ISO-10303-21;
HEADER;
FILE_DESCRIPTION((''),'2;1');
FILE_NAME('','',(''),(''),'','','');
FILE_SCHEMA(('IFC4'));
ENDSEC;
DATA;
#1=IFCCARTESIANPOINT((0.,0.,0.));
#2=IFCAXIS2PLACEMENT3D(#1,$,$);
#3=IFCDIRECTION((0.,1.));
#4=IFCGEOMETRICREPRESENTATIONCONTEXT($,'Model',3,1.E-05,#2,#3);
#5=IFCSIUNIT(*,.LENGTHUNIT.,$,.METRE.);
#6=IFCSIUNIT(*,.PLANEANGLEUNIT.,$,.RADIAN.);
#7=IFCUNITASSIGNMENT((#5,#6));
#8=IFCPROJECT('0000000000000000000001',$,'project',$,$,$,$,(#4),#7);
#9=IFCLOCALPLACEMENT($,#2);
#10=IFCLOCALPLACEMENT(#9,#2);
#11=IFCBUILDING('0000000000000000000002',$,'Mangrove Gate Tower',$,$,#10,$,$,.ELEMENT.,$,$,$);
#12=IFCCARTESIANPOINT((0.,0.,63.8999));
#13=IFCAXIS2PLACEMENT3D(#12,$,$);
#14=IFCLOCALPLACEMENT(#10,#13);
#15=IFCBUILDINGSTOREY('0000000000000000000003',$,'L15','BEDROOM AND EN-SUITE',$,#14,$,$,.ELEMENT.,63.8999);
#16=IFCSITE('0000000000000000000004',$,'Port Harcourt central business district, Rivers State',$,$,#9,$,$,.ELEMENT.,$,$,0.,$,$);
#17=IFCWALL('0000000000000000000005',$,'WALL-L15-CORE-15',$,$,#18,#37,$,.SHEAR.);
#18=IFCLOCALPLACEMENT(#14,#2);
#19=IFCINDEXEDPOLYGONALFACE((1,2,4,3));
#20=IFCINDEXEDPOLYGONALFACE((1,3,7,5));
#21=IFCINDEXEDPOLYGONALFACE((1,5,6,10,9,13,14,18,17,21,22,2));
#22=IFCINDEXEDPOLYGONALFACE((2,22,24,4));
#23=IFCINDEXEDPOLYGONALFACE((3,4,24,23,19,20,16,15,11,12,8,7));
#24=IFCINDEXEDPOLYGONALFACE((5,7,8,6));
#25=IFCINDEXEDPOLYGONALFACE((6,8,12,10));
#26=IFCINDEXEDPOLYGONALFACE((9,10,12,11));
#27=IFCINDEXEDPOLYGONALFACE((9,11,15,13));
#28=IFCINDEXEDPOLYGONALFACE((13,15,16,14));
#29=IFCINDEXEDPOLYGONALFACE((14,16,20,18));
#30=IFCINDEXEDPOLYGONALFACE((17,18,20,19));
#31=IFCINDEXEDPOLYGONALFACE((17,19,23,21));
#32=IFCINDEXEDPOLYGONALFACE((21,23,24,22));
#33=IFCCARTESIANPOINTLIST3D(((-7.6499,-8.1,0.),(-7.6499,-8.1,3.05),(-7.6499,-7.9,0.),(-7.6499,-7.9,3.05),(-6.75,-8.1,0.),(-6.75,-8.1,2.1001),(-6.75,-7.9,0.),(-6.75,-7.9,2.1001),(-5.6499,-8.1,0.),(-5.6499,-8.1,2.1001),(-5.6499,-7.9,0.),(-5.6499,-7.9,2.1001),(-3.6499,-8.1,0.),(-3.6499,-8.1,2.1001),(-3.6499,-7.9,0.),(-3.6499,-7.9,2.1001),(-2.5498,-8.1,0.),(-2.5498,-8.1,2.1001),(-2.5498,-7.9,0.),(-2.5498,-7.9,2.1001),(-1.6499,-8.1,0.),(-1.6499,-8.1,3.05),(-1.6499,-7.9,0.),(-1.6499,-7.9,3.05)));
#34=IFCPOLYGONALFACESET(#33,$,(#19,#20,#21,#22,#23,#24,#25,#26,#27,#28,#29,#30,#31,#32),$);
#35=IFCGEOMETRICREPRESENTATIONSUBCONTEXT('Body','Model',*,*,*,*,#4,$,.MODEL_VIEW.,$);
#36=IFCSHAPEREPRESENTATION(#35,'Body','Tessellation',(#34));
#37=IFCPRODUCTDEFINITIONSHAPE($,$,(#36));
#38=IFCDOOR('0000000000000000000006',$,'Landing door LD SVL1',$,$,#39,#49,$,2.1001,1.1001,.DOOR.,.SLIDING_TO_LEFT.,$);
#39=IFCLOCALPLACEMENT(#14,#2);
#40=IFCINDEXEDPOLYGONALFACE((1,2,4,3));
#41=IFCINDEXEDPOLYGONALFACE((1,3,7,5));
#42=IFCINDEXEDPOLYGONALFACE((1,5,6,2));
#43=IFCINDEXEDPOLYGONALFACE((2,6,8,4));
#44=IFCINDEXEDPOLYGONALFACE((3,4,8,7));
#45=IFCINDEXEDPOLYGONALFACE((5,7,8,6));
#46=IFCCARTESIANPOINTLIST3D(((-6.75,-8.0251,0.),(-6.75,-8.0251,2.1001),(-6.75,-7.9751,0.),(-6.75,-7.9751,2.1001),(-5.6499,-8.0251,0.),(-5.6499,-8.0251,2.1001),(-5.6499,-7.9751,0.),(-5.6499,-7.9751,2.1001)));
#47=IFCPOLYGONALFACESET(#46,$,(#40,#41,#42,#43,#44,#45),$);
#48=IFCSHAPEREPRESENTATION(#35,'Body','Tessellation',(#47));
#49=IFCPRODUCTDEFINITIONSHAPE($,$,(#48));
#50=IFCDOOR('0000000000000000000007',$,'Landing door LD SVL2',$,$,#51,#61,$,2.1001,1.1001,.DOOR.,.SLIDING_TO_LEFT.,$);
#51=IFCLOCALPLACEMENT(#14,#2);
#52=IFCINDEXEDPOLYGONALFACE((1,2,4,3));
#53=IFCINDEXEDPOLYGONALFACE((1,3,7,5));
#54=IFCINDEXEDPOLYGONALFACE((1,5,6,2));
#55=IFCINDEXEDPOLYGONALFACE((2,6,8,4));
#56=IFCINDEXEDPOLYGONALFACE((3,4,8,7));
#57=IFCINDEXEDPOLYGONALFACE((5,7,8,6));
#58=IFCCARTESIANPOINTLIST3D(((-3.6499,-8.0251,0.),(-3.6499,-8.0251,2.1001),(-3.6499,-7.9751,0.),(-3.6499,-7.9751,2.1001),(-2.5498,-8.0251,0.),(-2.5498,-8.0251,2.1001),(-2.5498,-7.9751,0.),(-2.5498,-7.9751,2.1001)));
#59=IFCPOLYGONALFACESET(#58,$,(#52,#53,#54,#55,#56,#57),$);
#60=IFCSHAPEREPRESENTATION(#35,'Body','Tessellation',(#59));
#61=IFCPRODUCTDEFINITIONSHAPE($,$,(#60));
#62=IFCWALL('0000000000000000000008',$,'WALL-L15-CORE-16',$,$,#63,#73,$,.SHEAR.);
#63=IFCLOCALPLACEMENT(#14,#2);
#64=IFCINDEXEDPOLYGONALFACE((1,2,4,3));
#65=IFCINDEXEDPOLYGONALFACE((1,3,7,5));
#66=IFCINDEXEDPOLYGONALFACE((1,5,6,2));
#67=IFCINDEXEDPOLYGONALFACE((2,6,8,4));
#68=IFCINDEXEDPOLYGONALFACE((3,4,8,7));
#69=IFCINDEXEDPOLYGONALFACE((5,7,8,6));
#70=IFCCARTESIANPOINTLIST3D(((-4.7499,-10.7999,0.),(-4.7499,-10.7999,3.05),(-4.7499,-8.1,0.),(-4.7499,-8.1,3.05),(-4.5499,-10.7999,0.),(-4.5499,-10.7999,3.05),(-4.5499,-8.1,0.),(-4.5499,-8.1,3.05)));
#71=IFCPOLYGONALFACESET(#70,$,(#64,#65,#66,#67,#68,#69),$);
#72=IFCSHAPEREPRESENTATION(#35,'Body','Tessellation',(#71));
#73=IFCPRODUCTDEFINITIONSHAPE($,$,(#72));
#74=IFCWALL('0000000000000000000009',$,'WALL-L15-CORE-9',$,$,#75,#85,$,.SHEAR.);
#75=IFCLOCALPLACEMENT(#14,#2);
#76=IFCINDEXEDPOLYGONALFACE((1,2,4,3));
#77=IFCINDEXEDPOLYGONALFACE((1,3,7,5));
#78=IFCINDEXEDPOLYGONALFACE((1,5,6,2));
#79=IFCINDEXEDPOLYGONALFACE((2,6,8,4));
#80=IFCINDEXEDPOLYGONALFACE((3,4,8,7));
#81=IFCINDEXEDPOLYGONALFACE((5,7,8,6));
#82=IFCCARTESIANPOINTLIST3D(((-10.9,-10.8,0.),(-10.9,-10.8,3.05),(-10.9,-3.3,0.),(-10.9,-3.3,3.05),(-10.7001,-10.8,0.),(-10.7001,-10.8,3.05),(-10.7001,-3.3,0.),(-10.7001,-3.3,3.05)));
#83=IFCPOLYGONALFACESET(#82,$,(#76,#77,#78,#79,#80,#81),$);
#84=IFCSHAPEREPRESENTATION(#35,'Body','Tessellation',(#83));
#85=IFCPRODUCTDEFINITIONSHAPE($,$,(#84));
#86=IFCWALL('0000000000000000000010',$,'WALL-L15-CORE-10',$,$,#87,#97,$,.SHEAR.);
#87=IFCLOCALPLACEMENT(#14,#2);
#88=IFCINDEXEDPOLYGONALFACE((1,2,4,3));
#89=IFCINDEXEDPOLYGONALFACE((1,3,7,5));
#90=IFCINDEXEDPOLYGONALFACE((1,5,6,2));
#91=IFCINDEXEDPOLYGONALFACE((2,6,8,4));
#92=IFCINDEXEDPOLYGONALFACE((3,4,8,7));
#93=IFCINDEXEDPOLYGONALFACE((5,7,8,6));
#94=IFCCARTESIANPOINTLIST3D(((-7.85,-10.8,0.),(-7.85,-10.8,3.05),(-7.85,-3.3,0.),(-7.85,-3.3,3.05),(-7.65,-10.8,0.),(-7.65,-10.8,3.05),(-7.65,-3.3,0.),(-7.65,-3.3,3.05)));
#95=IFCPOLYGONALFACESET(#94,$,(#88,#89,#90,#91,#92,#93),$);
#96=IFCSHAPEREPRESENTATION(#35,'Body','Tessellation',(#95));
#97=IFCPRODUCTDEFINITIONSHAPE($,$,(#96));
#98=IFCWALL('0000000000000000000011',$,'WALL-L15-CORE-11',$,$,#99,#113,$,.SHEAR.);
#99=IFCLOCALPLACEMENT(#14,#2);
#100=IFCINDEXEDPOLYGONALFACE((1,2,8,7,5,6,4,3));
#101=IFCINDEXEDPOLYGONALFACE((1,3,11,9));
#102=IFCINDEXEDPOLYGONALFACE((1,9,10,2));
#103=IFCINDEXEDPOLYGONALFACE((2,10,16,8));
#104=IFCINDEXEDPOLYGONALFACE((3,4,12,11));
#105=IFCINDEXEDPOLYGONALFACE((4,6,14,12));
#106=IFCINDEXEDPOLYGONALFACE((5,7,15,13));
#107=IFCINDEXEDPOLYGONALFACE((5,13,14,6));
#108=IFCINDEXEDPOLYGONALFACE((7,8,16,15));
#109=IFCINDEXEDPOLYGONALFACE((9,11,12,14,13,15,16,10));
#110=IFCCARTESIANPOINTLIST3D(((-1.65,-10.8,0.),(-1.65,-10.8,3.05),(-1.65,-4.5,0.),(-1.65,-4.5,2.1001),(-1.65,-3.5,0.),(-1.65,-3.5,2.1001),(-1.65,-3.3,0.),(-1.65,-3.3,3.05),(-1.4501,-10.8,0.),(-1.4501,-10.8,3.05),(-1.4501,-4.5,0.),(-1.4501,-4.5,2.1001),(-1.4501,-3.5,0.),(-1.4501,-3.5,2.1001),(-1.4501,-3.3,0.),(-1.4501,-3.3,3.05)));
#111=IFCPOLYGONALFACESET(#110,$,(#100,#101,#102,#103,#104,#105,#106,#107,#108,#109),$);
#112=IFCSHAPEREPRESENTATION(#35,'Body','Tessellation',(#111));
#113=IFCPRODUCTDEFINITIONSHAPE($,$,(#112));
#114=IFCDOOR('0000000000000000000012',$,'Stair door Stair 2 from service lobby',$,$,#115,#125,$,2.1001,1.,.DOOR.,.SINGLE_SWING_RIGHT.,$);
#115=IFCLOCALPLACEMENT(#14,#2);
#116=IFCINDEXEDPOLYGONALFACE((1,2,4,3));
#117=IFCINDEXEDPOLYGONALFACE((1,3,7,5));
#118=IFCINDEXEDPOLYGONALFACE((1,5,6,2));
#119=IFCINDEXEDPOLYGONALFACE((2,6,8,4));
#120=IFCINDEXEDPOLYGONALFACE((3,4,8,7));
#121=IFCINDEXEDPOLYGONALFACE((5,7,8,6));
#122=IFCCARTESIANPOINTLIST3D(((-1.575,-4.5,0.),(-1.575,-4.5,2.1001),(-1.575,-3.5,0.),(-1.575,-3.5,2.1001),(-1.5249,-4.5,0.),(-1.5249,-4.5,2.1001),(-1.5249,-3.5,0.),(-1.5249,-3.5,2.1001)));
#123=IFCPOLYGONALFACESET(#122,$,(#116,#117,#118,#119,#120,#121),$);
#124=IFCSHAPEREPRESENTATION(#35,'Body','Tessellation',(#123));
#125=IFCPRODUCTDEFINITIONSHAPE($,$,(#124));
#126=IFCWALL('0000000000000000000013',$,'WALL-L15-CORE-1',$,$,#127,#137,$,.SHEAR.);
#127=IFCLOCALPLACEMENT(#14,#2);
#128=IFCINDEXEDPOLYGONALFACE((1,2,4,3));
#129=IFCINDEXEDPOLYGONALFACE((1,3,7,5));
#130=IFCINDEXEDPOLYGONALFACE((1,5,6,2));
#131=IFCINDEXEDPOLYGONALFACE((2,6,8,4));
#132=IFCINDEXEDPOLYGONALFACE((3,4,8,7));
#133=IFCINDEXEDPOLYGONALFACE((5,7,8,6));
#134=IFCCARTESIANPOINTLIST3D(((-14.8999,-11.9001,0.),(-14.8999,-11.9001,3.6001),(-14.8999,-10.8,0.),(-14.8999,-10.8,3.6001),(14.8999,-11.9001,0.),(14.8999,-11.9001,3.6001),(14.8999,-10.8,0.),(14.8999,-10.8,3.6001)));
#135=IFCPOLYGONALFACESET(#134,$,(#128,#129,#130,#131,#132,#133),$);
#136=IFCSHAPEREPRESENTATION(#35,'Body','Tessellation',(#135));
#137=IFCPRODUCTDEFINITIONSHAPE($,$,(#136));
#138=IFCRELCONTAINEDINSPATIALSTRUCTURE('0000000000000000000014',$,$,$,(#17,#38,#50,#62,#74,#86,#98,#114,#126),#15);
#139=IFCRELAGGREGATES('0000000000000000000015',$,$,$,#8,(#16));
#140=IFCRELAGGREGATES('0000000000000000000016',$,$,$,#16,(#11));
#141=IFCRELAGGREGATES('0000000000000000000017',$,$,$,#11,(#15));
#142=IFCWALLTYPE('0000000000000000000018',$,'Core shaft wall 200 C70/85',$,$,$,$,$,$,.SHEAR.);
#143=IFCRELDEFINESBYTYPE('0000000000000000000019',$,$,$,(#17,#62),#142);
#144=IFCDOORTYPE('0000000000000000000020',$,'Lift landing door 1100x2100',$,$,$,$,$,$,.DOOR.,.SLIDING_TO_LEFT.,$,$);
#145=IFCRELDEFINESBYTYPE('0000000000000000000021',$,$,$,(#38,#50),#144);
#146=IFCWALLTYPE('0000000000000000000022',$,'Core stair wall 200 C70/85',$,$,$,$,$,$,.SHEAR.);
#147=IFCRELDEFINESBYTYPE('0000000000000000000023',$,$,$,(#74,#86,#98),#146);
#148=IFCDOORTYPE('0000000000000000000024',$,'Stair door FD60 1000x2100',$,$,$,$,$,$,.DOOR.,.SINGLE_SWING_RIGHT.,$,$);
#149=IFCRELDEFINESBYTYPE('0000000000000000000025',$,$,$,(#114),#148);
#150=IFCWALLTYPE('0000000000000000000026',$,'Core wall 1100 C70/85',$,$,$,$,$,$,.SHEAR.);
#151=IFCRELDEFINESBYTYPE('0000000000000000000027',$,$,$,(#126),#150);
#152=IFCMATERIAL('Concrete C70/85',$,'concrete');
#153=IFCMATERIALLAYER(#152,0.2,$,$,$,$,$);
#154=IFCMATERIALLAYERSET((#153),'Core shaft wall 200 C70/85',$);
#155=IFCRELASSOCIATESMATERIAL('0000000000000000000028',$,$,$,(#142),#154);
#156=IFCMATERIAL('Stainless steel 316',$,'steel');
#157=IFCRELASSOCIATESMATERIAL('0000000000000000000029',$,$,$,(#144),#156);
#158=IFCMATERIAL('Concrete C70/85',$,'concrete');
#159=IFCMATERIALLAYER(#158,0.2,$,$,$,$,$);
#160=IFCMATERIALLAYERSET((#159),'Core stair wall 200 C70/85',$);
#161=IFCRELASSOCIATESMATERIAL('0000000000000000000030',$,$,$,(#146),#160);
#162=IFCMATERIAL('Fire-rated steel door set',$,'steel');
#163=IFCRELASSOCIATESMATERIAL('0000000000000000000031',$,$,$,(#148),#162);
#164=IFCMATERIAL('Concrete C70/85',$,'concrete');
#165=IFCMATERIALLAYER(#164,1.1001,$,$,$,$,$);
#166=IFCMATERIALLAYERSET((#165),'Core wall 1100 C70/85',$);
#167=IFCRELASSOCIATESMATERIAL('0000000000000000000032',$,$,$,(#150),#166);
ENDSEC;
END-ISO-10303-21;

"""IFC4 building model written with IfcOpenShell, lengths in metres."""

from ifc_helpers import new_model, si_unit, direction, frame, frame_2d, origin, place, context, subcontext, project, spatial, rectangle, extrude, material, layer, layer_set, type_object, element, fill, save


model = new_model("IFC4")

# Units and contexts
model_context = context("Model", 3, precision=1e-05, world=origin(), true_north=direction((0.0, 1.0)))
body_context = subcontext(model_context, "Body", "Model", "MODEL_VIEW")
ifc_project = project(units=[si_unit("LENGTHUNIT", "METRE"), si_unit("PLANEANGLEUNIT", "RADIAN")], contexts=[model_context])

# Site, building, storey
site_placement = place(None, origin())
site = spatial("IfcSite", under=ifc_project, at=site_placement, Name="Port Harcourt central business district, Rivers State", CompositionType="ELEMENT", RefElevation=0.0)
building_placement = place(site_placement, origin())
building = spatial("IfcBuilding", under=site, at=building_placement, Name="Mangrove Gate Tower", CompositionType="ELEMENT")
storey_placement = place(building_placement, frame((0.0, 0.0, 63.8999)))
storey = spatial("IfcBuildingStorey", under=building, at=storey_placement, Name="L15", Description="BEDROOM AND EN-SUITE", CompositionType="ELEMENT", Elevation=63.8999)

# Wall, openings, doors
ifc_material_1 = material(Name="Concrete C70/85", Category="concrete")
ifc_layer_1 = layer(ifc_material_1, 0.2)
ifc_layer_set_1 = layer_set([ifc_layer_1], Name="Core shaft wall 200 C70/85")
wall_type_1 = type_object("IfcWallType", Name="Core shaft wall 200 C70/85", PredefinedType="SHEAR", material=ifc_layer_set_1)
wall_1_placement = place(storey_placement, frame((-7.6499, -8.0, 0.0), z_axis=(0.0, 0.0, 1.0), x_axis=(1.0, 0.0, 0.0)))
wall_1 = element("IfcWall", 1, at=wall_1_placement, inside=storey, type_object=wall_type_1, Name="WALL-L15-CORE-15", PredefinedType="SHEAR", context=body_context, shape_type="SweptSolid", body=[
    extrude(rectangle(XDim=6.0, YDim=0.2, at=frame_2d((3.0, 0.0))), origin(), (0.0, 0.0, 1.0), 3.05),
])
opening_1_placement = place(wall_1_placement, frame((0.8999, 0.0, 0.0)))
opening_1 = element("IfcOpeningElement", 2, at=opening_1_placement, cuts=wall_1, PredefinedType="OPENING", context=body_context, shape_type="SweptSolid", body=[
    extrude(rectangle(XDim=1.1001, YDim=2.1001, at=frame_2d((0.55, 1.05))), frame((0.0, 0.1099, 0.0), z_axis=(0.0, -1.0, 0.0), x_axis=(1.0, 0.0, 0.0)), (0.0, 0.0, 1.0), 0.22),
])
opening_2_placement = place(wall_1_placement, frame((4.0, 0.0, 0.0)))
opening_2 = element("IfcOpeningElement", 3, at=opening_2_placement, cuts=wall_1, PredefinedType="OPENING", context=body_context, shape_type="SweptSolid", body=[
    extrude(rectangle(XDim=1.1001, YDim=2.1001, at=frame_2d((0.55, 1.05))), frame((0.0, 0.1099, 0.0), z_axis=(0.0, -1.0, 0.0), x_axis=(1.0, 0.0, 0.0)), (0.0, 0.0, 1.0), 0.22),
])
ifc_material_2 = material(Name="Stainless steel 316", Category="steel")
door_type_1 = type_object("IfcDoorType", Name="Lift landing door 1100x2100", OperationType="SLIDING_TO_LEFT", PredefinedType="DOOR", material=ifc_material_2)
door_1_placement = place(opening_1_placement, origin())
door_1 = element("IfcDoor", 4, at=door_1_placement, inside=storey, type_object=door_type_1, Name="Landing door LD SVL1", OperationType="SLIDING_TO_LEFT", OverallHeight=2.1001, OverallWidth=1.1001, PredefinedType="DOOR", context=body_context, shape_type="SweptSolid", body=[
    extrude(rectangle(XDim=1.1001, YDim=2.1001, at=frame_2d((0.55, 1.05))), frame((0.0, 0.0249, 0.0), z_axis=(0.0, -1.0, 0.0), x_axis=(1.0, 0.0, 0.0)), (0.0, 0.0, 1.0), 0.05),
])
fill(opening_1, door_1)
door_2_placement = place(opening_2_placement, origin())
door_2 = element("IfcDoor", 5, at=door_2_placement, inside=storey, type_object=door_type_1, Name="Landing door LD SVL2", OperationType="SLIDING_TO_LEFT", OverallHeight=2.1001, OverallWidth=1.1001, PredefinedType="DOOR", context=body_context, shape_type="SweptSolid", body=[
    extrude(rectangle(XDim=1.1001, YDim=2.1001, at=frame_2d((0.55, 1.05))), frame((0.0, 0.0249, 0.0), z_axis=(0.0, -1.0, 0.0), x_axis=(1.0, 0.0, 0.0)), (0.0, 0.0, 1.0), 0.05),
])
fill(opening_2, door_2)

# Walls
wall_2_placement = place(storey_placement, frame((-4.6499, -10.8, 0.0), z_axis=(0.0, 0.0, 1.0), x_axis=(0.0, 1.0, 0.0)))
element("IfcWall", 6, at=wall_2_placement, inside=storey, type_object=wall_type_1, Name="WALL-L15-CORE-16", PredefinedType="SHEAR", context=body_context, shape_type="SweptSolid", body=[
    extrude(rectangle(XDim=2.7, YDim=0.2, at=frame_2d((1.3501, 0.0))), origin(), (0.0, 0.0, 1.0), 3.05),
])
ifc_material_3 = material(Name="Concrete C70/85", Category="concrete")
ifc_layer_2 = layer(ifc_material_3, 0.2)
ifc_layer_set_2 = layer_set([ifc_layer_2], Name="Core stair wall 200 C70/85")
wall_type_2 = type_object("IfcWallType", Name="Core stair wall 200 C70/85", PredefinedType="SHEAR", material=ifc_layer_set_2)
for number, where, z_axis, x_axis, name in (
    (7, (-10.8, -10.8, 0.0), (0.0, 0.0, 1.0), (0.0, 1.0, 0.0), "WALL-L15-CORE-9"),
    (8, (-7.75, -10.8, 0.0), (0.0, 0.0, 1.0), (0.0, 1.0, 0.0), "WALL-L15-CORE-10"),
):
    element("IfcWall", number, at=place(storey_placement, frame(where, z_axis=z_axis, x_axis=x_axis)), inside=storey, type_object=wall_type_2, Name=name, PredefinedType="SHEAR", context=body_context, shape_type="SweptSolid", body=[
        extrude(rectangle(XDim=7.5, YDim=0.2, at=frame_2d((3.75, 0.0))), origin(), (0.0, 0.0, 1.0), 3.05),
    ])

# Wall, opening, door
wall_3_placement = place(storey_placement, frame((-1.55, -10.8, 0.0), z_axis=(0.0, 0.0, 1.0), x_axis=(0.0, 1.0, 0.0)))
wall_3 = element("IfcWall", 9, at=wall_3_placement, inside=storey, type_object=wall_type_2, Name="WALL-L15-CORE-11", PredefinedType="SHEAR", context=body_context, shape_type="SweptSolid", body=[
    extrude(rectangle(XDim=7.5, YDim=0.2, at=frame_2d((3.75, 0.0))), origin(), (0.0, 0.0, 1.0), 3.05),
])
opening_3_placement = place(wall_3_placement, frame((6.3, 0.0, 0.0)))
opening_3 = element("IfcOpeningElement", 10, at=opening_3_placement, cuts=wall_3, PredefinedType="OPENING", context=body_context, shape_type="SweptSolid", body=[
    extrude(rectangle(XDim=1.0, YDim=2.1001, at=frame_2d((0.5, 1.05))), frame((0.0, 0.1099, 0.0), z_axis=(0.0, -1.0, 0.0), x_axis=(1.0, 0.0, 0.0)), (0.0, 0.0, 1.0), 0.22),
])
ifc_material_4 = material(Name="Fire-rated steel door set", Category="steel")
door_type_2 = type_object("IfcDoorType", Name="Stair door FD60 1000x2100", OperationType="SINGLE_SWING_RIGHT", PredefinedType="DOOR", material=ifc_material_4)
door_3_placement = place(opening_3_placement, origin())
door_3 = element("IfcDoor", 11, at=door_3_placement, inside=storey, type_object=door_type_2, Name="Stair door Stair 2 from service lobby", OperationType="SINGLE_SWING_RIGHT", OverallHeight=2.1001, OverallWidth=1.0, PredefinedType="DOOR", context=body_context, shape_type="SweptSolid", body=[
    extrude(rectangle(XDim=1.0, YDim=2.1001, at=frame_2d((0.5, 1.05))), frame((0.0, 0.0249, 0.0), z_axis=(0.0, -1.0, 0.0), x_axis=(1.0, 0.0, 0.0)), (0.0, 0.0, 1.0), 0.05),
])
fill(opening_3, door_3)

# Wall
ifc_material_5 = material(Name="Concrete C70/85", Category="concrete")
ifc_layer_3 = layer(ifc_material_5, 1.1001)
ifc_layer_set_3 = layer_set([ifc_layer_3], Name="Core wall 1100 C70/85")
wall_type_3 = type_object("IfcWallType", Name="Core wall 1100 C70/85", PredefinedType="SHEAR", material=ifc_layer_set_3)
wall_4_placement = place(storey_placement, frame((-14.8999, -11.3501, 0.0), z_axis=(0.0, 0.0, 1.0), x_axis=(1.0, 0.0, 0.0)))
element("IfcWall", 12, at=wall_4_placement, inside=storey, type_object=wall_type_3, Name="WALL-L15-CORE-1", PredefinedType="SHEAR", context=body_context, shape_type="SweptSolid", body=[
    extrude(rectangle(XDim=29.7998, YDim=1.1001, at=frame_2d((14.8999, 0.0))), origin(), (0.0, 0.0, 1.0), 3.6001),
])

save(model, "model.ifc")
